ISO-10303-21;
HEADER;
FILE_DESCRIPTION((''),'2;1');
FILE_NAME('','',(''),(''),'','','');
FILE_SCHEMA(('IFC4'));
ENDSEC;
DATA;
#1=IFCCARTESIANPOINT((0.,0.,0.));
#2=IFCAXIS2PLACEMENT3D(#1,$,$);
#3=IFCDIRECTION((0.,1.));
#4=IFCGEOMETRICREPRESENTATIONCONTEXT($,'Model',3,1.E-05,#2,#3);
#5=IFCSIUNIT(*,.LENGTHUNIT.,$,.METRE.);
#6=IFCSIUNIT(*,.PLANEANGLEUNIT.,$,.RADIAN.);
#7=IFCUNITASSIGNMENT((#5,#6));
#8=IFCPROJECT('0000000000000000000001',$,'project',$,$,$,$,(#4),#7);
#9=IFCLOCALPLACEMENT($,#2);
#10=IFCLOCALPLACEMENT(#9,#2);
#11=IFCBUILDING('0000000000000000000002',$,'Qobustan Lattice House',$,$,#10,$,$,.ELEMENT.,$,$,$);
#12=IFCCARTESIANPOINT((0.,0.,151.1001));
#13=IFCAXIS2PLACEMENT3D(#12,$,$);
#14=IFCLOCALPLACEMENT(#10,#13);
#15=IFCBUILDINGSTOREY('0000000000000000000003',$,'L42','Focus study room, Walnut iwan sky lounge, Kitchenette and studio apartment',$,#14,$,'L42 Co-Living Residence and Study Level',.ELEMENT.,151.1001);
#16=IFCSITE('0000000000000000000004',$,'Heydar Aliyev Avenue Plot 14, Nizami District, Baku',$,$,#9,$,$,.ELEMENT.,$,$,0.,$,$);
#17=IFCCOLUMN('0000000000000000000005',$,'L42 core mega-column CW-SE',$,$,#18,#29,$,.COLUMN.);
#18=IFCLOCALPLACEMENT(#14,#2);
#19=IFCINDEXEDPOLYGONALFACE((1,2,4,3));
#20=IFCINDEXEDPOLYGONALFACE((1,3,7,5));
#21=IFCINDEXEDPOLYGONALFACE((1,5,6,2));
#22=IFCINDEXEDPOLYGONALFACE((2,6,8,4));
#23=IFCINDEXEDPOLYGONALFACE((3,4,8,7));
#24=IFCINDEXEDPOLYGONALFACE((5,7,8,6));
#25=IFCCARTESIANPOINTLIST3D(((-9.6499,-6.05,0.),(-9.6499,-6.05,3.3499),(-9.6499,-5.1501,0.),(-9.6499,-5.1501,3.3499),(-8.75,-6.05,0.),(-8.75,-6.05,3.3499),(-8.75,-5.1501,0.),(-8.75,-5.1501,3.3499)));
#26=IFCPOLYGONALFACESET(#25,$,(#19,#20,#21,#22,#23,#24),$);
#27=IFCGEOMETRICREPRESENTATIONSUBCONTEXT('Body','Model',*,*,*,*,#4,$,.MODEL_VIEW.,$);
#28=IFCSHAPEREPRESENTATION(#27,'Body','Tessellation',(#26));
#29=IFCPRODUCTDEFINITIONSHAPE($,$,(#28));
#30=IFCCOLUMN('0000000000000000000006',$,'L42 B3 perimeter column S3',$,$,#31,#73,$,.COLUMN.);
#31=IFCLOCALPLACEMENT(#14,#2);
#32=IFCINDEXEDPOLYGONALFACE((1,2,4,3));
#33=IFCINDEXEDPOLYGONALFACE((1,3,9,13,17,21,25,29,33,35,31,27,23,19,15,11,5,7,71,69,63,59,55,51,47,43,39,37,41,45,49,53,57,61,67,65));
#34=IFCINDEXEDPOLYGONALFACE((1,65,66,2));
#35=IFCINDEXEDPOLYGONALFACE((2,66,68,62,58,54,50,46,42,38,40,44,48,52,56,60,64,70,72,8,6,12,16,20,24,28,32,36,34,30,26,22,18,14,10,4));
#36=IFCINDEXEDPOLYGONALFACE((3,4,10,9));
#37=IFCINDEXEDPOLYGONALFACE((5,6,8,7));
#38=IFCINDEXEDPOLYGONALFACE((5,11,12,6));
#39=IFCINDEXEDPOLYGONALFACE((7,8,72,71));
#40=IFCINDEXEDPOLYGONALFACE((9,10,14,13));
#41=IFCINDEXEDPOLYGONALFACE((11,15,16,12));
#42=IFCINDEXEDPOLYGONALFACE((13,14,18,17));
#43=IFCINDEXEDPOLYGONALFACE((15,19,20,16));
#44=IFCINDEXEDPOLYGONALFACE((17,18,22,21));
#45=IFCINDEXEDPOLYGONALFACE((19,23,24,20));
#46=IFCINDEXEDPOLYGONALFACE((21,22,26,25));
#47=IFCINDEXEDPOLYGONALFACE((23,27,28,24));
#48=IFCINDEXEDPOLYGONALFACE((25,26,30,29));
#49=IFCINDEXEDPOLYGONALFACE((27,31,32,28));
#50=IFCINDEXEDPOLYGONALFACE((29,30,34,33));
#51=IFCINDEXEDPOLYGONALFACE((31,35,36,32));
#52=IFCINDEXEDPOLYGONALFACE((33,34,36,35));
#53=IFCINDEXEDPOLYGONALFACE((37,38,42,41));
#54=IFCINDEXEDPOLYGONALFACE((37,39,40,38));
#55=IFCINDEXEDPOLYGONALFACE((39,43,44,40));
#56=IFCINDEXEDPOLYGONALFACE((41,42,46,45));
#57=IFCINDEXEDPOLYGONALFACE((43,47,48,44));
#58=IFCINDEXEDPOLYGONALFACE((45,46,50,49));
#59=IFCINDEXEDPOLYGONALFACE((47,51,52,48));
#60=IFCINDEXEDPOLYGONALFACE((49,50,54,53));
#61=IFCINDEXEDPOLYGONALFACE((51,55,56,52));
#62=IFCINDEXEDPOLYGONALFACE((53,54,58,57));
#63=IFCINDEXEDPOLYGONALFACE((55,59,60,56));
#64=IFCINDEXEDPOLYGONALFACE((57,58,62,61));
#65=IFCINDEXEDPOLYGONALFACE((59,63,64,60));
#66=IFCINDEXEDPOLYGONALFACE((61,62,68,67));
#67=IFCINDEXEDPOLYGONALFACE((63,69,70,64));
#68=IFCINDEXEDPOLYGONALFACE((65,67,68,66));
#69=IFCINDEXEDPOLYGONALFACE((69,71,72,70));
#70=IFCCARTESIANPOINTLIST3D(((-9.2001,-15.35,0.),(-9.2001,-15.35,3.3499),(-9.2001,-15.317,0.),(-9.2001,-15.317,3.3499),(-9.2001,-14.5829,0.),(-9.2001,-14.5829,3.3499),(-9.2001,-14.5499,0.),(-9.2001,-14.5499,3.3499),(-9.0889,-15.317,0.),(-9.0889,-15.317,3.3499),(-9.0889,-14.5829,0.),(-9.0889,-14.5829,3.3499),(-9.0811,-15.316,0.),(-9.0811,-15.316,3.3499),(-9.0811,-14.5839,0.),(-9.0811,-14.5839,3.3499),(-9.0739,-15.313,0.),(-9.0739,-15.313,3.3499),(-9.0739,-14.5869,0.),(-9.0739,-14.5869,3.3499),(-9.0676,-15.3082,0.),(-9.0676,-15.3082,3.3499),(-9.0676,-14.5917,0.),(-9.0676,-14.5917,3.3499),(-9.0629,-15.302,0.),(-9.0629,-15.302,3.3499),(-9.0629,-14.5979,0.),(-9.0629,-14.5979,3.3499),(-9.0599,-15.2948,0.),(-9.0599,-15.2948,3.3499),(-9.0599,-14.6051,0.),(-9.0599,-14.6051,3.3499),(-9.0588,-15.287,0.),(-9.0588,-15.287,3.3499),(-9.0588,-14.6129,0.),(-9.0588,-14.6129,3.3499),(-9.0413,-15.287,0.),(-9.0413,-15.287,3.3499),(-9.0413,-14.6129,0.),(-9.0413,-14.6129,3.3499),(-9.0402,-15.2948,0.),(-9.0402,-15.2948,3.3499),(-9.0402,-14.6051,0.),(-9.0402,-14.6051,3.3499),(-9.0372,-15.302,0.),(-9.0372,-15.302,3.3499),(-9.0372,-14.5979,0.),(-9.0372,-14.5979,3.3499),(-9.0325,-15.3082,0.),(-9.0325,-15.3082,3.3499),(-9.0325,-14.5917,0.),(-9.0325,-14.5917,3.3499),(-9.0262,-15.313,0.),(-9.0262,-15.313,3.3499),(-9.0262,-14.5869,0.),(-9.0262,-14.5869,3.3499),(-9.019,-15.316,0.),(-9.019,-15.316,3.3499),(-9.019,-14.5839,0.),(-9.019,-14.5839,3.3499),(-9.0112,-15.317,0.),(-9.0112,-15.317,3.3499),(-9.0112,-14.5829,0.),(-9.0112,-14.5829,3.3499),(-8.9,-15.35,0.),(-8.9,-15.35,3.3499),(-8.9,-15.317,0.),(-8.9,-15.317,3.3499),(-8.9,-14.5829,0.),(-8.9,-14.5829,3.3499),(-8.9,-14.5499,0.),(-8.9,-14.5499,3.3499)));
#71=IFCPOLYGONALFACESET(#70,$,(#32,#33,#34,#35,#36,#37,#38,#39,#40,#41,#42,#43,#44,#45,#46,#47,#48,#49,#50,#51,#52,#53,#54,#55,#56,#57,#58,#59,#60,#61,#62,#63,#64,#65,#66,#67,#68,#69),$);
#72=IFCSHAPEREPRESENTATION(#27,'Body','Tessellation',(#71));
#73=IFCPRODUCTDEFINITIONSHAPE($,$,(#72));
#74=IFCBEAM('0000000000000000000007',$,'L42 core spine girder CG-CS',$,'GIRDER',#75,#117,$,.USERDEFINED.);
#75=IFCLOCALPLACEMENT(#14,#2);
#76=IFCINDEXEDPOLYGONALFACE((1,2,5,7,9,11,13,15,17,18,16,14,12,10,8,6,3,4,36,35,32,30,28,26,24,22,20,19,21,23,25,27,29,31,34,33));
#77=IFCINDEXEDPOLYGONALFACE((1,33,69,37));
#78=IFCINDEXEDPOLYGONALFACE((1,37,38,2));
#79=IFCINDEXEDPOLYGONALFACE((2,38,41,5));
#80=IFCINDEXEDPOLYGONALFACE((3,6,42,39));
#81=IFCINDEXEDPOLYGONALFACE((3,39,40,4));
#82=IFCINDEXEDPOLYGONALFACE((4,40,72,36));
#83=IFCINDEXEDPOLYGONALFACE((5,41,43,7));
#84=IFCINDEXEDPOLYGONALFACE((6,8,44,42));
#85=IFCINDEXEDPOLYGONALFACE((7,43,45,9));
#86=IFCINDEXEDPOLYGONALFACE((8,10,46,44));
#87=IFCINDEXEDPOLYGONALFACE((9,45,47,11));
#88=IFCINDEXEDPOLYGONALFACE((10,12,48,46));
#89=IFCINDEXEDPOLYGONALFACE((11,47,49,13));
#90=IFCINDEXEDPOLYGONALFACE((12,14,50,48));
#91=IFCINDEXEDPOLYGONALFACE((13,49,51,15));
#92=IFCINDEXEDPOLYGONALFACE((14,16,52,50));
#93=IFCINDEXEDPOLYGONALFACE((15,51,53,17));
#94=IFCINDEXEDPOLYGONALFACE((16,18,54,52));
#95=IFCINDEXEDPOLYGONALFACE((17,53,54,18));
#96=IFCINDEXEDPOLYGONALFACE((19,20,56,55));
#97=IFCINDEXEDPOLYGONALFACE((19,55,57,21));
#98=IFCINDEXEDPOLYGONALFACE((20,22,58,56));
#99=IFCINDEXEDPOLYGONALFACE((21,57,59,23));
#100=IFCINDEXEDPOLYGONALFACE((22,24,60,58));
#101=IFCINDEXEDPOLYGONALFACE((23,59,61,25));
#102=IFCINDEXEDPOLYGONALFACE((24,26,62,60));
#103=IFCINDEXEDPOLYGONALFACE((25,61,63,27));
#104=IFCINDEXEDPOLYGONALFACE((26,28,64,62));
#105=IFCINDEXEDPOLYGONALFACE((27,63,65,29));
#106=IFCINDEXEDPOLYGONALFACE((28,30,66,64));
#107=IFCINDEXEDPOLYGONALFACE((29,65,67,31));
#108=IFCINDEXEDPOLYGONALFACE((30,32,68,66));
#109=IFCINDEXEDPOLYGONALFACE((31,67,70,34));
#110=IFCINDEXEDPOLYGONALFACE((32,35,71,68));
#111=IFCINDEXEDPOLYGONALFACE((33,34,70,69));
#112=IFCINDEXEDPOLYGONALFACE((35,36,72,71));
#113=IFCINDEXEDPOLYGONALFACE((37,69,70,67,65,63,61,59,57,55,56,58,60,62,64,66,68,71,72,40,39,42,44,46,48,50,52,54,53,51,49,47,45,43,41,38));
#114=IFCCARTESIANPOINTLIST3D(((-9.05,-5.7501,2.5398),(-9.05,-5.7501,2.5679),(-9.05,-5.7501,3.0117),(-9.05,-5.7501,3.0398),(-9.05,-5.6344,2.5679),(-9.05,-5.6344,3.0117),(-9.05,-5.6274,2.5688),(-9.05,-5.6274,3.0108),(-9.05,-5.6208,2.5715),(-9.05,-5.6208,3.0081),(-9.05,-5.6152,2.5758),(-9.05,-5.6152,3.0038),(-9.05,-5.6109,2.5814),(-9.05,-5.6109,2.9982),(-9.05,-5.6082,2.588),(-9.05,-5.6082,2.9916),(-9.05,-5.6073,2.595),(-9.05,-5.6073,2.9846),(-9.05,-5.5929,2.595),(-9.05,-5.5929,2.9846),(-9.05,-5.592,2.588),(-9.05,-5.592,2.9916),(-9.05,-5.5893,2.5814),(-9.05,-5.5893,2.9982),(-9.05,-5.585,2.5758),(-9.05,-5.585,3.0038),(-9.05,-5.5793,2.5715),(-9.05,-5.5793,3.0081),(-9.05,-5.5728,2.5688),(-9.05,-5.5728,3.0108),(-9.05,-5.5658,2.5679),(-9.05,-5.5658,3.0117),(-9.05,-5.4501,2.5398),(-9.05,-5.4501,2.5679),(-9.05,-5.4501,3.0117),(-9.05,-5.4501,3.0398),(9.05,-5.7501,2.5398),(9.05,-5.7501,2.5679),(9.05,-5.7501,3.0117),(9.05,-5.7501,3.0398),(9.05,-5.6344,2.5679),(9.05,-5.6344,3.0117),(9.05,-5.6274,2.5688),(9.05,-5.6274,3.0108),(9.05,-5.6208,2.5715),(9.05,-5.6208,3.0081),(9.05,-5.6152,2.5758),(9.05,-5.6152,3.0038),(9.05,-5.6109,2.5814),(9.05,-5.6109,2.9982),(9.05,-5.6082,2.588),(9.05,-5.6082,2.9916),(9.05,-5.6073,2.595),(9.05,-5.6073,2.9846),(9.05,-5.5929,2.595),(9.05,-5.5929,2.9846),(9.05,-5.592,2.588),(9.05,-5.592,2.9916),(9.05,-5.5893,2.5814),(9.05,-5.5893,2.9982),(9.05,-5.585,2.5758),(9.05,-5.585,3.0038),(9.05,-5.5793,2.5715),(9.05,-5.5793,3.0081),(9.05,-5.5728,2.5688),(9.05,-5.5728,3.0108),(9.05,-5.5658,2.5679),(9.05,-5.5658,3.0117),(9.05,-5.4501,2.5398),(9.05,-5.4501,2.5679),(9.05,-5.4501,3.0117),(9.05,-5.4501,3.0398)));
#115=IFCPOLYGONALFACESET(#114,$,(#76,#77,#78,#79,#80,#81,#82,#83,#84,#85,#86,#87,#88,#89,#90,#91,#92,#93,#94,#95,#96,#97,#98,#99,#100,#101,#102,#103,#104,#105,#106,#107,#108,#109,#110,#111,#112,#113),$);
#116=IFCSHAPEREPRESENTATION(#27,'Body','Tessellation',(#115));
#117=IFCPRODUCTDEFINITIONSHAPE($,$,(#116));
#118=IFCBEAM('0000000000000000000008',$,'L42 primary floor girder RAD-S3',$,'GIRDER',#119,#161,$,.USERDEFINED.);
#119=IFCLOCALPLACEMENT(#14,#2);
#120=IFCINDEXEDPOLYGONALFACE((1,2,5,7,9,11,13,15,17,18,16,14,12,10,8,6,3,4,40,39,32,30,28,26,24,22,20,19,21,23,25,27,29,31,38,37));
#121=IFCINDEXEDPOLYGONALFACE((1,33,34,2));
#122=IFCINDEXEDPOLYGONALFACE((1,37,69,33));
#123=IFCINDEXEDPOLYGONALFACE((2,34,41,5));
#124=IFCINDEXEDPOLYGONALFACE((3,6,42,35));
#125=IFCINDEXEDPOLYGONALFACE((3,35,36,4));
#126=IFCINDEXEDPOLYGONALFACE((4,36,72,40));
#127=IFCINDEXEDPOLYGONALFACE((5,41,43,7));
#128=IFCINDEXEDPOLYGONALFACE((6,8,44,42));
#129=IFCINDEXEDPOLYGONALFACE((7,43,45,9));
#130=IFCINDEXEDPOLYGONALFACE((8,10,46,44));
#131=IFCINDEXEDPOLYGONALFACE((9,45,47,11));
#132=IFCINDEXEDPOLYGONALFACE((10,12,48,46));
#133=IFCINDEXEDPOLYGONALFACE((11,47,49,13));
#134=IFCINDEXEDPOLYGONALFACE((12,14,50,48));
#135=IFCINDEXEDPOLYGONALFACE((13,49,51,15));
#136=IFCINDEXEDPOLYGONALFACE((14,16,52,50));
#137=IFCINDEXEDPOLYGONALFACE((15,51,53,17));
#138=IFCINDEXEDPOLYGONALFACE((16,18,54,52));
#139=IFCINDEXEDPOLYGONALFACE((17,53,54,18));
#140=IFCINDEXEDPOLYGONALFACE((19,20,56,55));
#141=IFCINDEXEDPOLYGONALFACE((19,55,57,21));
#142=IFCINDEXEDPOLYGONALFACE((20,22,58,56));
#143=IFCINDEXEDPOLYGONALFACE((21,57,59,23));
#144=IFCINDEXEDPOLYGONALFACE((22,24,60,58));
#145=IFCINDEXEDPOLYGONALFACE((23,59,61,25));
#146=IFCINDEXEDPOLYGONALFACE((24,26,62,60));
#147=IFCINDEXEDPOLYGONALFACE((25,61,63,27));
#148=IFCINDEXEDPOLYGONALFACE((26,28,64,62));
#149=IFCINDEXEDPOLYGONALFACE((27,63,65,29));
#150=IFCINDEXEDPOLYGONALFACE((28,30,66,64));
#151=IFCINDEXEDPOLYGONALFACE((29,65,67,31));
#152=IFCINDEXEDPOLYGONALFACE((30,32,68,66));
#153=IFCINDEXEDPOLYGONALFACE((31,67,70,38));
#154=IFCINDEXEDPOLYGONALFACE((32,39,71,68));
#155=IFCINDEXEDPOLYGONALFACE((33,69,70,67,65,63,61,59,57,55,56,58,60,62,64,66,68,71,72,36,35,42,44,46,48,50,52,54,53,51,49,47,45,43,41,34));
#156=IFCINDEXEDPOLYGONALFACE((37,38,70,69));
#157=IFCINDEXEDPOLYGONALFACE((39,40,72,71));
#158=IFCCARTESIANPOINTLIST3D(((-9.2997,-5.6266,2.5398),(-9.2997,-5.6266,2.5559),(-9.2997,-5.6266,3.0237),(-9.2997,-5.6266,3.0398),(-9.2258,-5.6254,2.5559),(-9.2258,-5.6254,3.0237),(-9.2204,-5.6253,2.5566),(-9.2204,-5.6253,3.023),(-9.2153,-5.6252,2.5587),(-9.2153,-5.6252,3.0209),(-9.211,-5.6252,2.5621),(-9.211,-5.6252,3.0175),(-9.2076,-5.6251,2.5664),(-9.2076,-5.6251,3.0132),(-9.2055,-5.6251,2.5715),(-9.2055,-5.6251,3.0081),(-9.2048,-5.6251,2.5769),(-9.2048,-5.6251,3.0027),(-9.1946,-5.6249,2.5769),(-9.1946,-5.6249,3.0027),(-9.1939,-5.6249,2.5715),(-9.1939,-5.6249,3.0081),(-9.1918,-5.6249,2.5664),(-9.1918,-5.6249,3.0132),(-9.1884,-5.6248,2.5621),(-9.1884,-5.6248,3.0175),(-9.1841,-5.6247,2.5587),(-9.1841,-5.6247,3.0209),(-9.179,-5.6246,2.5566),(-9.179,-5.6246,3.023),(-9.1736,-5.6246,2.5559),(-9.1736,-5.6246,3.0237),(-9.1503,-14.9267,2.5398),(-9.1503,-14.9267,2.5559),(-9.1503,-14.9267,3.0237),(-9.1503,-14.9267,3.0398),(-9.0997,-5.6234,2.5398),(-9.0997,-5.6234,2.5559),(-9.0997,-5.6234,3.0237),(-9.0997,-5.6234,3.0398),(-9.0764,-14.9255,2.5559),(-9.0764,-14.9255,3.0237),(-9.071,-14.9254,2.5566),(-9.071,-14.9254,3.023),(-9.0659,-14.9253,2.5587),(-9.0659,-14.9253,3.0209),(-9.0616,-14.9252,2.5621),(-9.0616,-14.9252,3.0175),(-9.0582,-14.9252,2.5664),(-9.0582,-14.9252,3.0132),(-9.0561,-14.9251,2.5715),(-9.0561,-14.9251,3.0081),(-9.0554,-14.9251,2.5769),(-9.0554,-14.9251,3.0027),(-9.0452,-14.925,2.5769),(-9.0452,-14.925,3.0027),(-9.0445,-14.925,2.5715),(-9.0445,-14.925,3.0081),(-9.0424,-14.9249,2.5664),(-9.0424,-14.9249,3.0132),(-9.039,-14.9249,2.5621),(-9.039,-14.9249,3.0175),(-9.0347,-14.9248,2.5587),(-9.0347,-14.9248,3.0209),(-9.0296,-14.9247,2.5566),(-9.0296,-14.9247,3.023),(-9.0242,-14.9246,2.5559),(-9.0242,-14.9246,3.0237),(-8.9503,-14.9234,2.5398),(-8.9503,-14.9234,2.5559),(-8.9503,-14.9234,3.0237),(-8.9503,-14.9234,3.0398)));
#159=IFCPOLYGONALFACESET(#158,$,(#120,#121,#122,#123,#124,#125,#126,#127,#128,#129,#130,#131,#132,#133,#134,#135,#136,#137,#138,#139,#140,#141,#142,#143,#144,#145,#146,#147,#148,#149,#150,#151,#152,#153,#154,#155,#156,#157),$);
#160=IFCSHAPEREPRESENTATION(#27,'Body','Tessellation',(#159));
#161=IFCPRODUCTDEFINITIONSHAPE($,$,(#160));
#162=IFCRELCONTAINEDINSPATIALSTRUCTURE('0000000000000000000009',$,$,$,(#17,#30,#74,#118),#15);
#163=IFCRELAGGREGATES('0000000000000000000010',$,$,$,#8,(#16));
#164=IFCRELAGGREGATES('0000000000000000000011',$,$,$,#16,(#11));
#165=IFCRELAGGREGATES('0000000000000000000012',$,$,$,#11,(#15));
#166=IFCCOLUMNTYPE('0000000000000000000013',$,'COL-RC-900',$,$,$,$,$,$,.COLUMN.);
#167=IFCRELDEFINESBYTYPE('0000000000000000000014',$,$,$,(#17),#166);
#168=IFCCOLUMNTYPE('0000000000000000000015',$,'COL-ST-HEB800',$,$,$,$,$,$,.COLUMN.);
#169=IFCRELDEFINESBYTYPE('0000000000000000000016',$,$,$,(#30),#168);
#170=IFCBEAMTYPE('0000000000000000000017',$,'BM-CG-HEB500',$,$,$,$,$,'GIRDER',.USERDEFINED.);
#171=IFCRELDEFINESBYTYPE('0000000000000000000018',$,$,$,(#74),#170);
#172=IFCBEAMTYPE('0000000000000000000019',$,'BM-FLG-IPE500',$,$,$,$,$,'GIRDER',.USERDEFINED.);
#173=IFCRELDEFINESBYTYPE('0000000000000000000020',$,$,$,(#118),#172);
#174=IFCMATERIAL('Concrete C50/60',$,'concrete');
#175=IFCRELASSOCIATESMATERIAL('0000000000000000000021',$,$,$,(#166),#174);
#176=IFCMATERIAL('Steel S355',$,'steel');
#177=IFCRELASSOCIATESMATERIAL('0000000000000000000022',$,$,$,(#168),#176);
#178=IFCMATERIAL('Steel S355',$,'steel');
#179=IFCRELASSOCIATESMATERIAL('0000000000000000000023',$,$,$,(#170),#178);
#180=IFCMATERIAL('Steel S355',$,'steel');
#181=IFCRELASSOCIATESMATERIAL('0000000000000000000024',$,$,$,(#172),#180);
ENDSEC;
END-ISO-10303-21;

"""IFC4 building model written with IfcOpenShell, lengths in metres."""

from ifc_helpers import new_model, si_unit, direction, frame, origin, origin_2d, place, context, subcontext, project, spatial, rectangle, i_section, extrude, material, material_profile, profile_set, type_object, element, save


model = new_model("IFC4")

# Units and contexts
model_context = context("Model", 3, precision=1e-05, world=origin(), true_north=direction((0.0, 1.0)))
body_context = subcontext(model_context, "Body", "Model", "MODEL_VIEW")
ifc_project = project(units=[si_unit("LENGTHUNIT", "METRE"), si_unit("PLANEANGLEUNIT", "RADIAN")], contexts=[model_context])

# Site, building, storey
site_placement = place(None, origin())
site = spatial("IfcSite", under=ifc_project, at=site_placement, Name="Heydar Aliyev Avenue Plot 14, Nizami District, Baku", CompositionType="ELEMENT", RefElevation=0.0)
building_placement = place(site_placement, origin())
building = spatial("IfcBuilding", under=site, at=building_placement, Name="Qobustan Lattice House", CompositionType="ELEMENT")
storey_placement = place(building_placement, frame((0.0, 0.0, 151.1001)))
storey = spatial("IfcBuildingStorey", under=building, at=storey_placement, Name="L42", Description="Focus study room, Walnut iwan sky lounge, Kitchenette and studio apartment", LongName="L42 Co-Living Residence and Study Level", CompositionType="ELEMENT", Elevation=151.1001)

# Columns
ifc_material_1 = material(Name="Concrete C50/60", Category="concrete")
ifc_material_profile_1 = material_profile(ifc_material_1, rectangle(XDim=0.8999, YDim=0.8999, at=origin_2d()), Name="RC900x900")
ifc_profile_set_1 = profile_set([ifc_material_profile_1], Name="Concrete C50/60")
column_type_1 = type_object("IfcColumnType", Name="COL-RC-900", PredefinedType="COLUMN", material=ifc_profile_set_1)
column_1_placement = place(storey_placement, frame((-9.2, -5.6001, 0.0), z_axis=(0.0, 0.0, 1.0), x_axis=(1.0, 0.0, 0.0)))
element("IfcColumn", 1, at=column_1_placement, inside=storey, type_object=column_type_1, Name="L42 core mega-column CW-SE", PredefinedType="COLUMN", context=body_context, shape_type="SweptSolid", body=[
    extrude(rectangle(XDim=0.8999, YDim=0.8999, at=origin_2d()), origin(), (0.0, 0.0, 1.0), 3.3499),
])
ifc_material_2 = material(Name="Steel S355", Category="steel")
ifc_material_profile_2 = material_profile(ifc_material_2, i_section(OverallWidth=0.3, OverallDepth=0.8, WebThickness=0.0176, FlangeThickness=0.033, FilletRadius=0.03, at=origin_2d()), Name="HEB800")
ifc_profile_set_2 = profile_set([ifc_material_profile_2], Name="Steel S355")
column_type_2 = type_object("IfcColumnType", Name="COL-ST-HEB800", PredefinedType="COLUMN", material=ifc_profile_set_2)
column_2_placement = place(storey_placement, frame((-9.05, -14.95, 0.0), z_axis=(0.0, 0.0, 1.0), x_axis=(1.0, 0.0, 0.0)))
element("IfcColumn", 2, at=column_2_placement, inside=storey, type_object=column_type_2, Name="L42 B3 perimeter column S3", PredefinedType="COLUMN", context=body_context, shape_type="SweptSolid", body=[
    extrude(i_section(OverallWidth=0.3, OverallDepth=0.8, WebThickness=0.0176, FlangeThickness=0.033, FilletRadius=0.03, at=origin_2d()), origin(), (0.0, 0.0, 1.0), 3.3499),
])

# Beams
ifc_material_3 = material(Name="Steel S355", Category="steel")
ifc_material_profile_3 = material_profile(ifc_material_3, i_section(OverallWidth=0.3, OverallDepth=0.5, WebThickness=0.0144, FlangeThickness=0.0281, FilletRadius=0.0271, at=origin_2d()), Name="HEB500")
ifc_profile_set_3 = profile_set([ifc_material_profile_3], Name="Steel S355")
beam_type_1 = type_object("IfcBeamType", Name="BM-CG-HEB500", ElementType="GIRDER", PredefinedType="USERDEFINED", material=ifc_profile_set_3)
beam_1_placement = place(storey_placement, frame((-9.05, -5.6001, 2.7898), z_axis=(1.0, 0.0, 0.0), x_axis=(0.0, 1.0, 0.0)))
element("IfcBeam", 3, at=beam_1_placement, inside=storey, type_object=beam_type_1, Name="L42 core spine girder CG-CS", ObjectType="GIRDER", PredefinedType="USERDEFINED", context=body_context, shape_type="SweptSolid", body=[
    extrude(i_section(OverallWidth=0.3, OverallDepth=0.5, WebThickness=0.0144, FlangeThickness=0.0281, FilletRadius=0.0271, at=origin_2d()), origin(), (0.0, 0.0, 1.0), 18.1001),
])
ifc_material_4 = material(Name="Steel S355", Category="steel")
ifc_material_profile_4 = material_profile(ifc_material_4, i_section(OverallWidth=0.2, OverallDepth=0.5, WebThickness=0.0103, FlangeThickness=0.0161, FilletRadius=0.021, at=origin_2d()), Name="IPE500")
ifc_profile_set_4 = profile_set([ifc_material_profile_4], Name="Steel S355")
beam_type_2 = type_object("IfcBeamType", Name="BM-FLG-IPE500", ElementType="GIRDER", PredefinedType="USERDEFINED", material=ifc_profile_set_4)
beam_2_placement = place(storey_placement, frame((-9.0503, -14.925, 2.7898), z_axis=(-0.016064, 0.999871, 0.0), x_axis=(-0.999871, -0.016064, 0.0)))
element("IfcBeam", 4, at=beam_2_placement, inside=storey, type_object=beam_type_2, Name="L42 primary floor girder RAD-S3", ObjectType="GIRDER", PredefinedType="USERDEFINED", context=body_context, shape_type="SweptSolid", body=[
    extrude(i_section(OverallWidth=0.2, OverallDepth=0.5, WebThickness=0.0103, FlangeThickness=0.0161, FilletRadius=0.021, at=origin_2d()), origin(), (0.0, 0.0, 1.0), 9.3013),
])

save(model, "model.ifc")
